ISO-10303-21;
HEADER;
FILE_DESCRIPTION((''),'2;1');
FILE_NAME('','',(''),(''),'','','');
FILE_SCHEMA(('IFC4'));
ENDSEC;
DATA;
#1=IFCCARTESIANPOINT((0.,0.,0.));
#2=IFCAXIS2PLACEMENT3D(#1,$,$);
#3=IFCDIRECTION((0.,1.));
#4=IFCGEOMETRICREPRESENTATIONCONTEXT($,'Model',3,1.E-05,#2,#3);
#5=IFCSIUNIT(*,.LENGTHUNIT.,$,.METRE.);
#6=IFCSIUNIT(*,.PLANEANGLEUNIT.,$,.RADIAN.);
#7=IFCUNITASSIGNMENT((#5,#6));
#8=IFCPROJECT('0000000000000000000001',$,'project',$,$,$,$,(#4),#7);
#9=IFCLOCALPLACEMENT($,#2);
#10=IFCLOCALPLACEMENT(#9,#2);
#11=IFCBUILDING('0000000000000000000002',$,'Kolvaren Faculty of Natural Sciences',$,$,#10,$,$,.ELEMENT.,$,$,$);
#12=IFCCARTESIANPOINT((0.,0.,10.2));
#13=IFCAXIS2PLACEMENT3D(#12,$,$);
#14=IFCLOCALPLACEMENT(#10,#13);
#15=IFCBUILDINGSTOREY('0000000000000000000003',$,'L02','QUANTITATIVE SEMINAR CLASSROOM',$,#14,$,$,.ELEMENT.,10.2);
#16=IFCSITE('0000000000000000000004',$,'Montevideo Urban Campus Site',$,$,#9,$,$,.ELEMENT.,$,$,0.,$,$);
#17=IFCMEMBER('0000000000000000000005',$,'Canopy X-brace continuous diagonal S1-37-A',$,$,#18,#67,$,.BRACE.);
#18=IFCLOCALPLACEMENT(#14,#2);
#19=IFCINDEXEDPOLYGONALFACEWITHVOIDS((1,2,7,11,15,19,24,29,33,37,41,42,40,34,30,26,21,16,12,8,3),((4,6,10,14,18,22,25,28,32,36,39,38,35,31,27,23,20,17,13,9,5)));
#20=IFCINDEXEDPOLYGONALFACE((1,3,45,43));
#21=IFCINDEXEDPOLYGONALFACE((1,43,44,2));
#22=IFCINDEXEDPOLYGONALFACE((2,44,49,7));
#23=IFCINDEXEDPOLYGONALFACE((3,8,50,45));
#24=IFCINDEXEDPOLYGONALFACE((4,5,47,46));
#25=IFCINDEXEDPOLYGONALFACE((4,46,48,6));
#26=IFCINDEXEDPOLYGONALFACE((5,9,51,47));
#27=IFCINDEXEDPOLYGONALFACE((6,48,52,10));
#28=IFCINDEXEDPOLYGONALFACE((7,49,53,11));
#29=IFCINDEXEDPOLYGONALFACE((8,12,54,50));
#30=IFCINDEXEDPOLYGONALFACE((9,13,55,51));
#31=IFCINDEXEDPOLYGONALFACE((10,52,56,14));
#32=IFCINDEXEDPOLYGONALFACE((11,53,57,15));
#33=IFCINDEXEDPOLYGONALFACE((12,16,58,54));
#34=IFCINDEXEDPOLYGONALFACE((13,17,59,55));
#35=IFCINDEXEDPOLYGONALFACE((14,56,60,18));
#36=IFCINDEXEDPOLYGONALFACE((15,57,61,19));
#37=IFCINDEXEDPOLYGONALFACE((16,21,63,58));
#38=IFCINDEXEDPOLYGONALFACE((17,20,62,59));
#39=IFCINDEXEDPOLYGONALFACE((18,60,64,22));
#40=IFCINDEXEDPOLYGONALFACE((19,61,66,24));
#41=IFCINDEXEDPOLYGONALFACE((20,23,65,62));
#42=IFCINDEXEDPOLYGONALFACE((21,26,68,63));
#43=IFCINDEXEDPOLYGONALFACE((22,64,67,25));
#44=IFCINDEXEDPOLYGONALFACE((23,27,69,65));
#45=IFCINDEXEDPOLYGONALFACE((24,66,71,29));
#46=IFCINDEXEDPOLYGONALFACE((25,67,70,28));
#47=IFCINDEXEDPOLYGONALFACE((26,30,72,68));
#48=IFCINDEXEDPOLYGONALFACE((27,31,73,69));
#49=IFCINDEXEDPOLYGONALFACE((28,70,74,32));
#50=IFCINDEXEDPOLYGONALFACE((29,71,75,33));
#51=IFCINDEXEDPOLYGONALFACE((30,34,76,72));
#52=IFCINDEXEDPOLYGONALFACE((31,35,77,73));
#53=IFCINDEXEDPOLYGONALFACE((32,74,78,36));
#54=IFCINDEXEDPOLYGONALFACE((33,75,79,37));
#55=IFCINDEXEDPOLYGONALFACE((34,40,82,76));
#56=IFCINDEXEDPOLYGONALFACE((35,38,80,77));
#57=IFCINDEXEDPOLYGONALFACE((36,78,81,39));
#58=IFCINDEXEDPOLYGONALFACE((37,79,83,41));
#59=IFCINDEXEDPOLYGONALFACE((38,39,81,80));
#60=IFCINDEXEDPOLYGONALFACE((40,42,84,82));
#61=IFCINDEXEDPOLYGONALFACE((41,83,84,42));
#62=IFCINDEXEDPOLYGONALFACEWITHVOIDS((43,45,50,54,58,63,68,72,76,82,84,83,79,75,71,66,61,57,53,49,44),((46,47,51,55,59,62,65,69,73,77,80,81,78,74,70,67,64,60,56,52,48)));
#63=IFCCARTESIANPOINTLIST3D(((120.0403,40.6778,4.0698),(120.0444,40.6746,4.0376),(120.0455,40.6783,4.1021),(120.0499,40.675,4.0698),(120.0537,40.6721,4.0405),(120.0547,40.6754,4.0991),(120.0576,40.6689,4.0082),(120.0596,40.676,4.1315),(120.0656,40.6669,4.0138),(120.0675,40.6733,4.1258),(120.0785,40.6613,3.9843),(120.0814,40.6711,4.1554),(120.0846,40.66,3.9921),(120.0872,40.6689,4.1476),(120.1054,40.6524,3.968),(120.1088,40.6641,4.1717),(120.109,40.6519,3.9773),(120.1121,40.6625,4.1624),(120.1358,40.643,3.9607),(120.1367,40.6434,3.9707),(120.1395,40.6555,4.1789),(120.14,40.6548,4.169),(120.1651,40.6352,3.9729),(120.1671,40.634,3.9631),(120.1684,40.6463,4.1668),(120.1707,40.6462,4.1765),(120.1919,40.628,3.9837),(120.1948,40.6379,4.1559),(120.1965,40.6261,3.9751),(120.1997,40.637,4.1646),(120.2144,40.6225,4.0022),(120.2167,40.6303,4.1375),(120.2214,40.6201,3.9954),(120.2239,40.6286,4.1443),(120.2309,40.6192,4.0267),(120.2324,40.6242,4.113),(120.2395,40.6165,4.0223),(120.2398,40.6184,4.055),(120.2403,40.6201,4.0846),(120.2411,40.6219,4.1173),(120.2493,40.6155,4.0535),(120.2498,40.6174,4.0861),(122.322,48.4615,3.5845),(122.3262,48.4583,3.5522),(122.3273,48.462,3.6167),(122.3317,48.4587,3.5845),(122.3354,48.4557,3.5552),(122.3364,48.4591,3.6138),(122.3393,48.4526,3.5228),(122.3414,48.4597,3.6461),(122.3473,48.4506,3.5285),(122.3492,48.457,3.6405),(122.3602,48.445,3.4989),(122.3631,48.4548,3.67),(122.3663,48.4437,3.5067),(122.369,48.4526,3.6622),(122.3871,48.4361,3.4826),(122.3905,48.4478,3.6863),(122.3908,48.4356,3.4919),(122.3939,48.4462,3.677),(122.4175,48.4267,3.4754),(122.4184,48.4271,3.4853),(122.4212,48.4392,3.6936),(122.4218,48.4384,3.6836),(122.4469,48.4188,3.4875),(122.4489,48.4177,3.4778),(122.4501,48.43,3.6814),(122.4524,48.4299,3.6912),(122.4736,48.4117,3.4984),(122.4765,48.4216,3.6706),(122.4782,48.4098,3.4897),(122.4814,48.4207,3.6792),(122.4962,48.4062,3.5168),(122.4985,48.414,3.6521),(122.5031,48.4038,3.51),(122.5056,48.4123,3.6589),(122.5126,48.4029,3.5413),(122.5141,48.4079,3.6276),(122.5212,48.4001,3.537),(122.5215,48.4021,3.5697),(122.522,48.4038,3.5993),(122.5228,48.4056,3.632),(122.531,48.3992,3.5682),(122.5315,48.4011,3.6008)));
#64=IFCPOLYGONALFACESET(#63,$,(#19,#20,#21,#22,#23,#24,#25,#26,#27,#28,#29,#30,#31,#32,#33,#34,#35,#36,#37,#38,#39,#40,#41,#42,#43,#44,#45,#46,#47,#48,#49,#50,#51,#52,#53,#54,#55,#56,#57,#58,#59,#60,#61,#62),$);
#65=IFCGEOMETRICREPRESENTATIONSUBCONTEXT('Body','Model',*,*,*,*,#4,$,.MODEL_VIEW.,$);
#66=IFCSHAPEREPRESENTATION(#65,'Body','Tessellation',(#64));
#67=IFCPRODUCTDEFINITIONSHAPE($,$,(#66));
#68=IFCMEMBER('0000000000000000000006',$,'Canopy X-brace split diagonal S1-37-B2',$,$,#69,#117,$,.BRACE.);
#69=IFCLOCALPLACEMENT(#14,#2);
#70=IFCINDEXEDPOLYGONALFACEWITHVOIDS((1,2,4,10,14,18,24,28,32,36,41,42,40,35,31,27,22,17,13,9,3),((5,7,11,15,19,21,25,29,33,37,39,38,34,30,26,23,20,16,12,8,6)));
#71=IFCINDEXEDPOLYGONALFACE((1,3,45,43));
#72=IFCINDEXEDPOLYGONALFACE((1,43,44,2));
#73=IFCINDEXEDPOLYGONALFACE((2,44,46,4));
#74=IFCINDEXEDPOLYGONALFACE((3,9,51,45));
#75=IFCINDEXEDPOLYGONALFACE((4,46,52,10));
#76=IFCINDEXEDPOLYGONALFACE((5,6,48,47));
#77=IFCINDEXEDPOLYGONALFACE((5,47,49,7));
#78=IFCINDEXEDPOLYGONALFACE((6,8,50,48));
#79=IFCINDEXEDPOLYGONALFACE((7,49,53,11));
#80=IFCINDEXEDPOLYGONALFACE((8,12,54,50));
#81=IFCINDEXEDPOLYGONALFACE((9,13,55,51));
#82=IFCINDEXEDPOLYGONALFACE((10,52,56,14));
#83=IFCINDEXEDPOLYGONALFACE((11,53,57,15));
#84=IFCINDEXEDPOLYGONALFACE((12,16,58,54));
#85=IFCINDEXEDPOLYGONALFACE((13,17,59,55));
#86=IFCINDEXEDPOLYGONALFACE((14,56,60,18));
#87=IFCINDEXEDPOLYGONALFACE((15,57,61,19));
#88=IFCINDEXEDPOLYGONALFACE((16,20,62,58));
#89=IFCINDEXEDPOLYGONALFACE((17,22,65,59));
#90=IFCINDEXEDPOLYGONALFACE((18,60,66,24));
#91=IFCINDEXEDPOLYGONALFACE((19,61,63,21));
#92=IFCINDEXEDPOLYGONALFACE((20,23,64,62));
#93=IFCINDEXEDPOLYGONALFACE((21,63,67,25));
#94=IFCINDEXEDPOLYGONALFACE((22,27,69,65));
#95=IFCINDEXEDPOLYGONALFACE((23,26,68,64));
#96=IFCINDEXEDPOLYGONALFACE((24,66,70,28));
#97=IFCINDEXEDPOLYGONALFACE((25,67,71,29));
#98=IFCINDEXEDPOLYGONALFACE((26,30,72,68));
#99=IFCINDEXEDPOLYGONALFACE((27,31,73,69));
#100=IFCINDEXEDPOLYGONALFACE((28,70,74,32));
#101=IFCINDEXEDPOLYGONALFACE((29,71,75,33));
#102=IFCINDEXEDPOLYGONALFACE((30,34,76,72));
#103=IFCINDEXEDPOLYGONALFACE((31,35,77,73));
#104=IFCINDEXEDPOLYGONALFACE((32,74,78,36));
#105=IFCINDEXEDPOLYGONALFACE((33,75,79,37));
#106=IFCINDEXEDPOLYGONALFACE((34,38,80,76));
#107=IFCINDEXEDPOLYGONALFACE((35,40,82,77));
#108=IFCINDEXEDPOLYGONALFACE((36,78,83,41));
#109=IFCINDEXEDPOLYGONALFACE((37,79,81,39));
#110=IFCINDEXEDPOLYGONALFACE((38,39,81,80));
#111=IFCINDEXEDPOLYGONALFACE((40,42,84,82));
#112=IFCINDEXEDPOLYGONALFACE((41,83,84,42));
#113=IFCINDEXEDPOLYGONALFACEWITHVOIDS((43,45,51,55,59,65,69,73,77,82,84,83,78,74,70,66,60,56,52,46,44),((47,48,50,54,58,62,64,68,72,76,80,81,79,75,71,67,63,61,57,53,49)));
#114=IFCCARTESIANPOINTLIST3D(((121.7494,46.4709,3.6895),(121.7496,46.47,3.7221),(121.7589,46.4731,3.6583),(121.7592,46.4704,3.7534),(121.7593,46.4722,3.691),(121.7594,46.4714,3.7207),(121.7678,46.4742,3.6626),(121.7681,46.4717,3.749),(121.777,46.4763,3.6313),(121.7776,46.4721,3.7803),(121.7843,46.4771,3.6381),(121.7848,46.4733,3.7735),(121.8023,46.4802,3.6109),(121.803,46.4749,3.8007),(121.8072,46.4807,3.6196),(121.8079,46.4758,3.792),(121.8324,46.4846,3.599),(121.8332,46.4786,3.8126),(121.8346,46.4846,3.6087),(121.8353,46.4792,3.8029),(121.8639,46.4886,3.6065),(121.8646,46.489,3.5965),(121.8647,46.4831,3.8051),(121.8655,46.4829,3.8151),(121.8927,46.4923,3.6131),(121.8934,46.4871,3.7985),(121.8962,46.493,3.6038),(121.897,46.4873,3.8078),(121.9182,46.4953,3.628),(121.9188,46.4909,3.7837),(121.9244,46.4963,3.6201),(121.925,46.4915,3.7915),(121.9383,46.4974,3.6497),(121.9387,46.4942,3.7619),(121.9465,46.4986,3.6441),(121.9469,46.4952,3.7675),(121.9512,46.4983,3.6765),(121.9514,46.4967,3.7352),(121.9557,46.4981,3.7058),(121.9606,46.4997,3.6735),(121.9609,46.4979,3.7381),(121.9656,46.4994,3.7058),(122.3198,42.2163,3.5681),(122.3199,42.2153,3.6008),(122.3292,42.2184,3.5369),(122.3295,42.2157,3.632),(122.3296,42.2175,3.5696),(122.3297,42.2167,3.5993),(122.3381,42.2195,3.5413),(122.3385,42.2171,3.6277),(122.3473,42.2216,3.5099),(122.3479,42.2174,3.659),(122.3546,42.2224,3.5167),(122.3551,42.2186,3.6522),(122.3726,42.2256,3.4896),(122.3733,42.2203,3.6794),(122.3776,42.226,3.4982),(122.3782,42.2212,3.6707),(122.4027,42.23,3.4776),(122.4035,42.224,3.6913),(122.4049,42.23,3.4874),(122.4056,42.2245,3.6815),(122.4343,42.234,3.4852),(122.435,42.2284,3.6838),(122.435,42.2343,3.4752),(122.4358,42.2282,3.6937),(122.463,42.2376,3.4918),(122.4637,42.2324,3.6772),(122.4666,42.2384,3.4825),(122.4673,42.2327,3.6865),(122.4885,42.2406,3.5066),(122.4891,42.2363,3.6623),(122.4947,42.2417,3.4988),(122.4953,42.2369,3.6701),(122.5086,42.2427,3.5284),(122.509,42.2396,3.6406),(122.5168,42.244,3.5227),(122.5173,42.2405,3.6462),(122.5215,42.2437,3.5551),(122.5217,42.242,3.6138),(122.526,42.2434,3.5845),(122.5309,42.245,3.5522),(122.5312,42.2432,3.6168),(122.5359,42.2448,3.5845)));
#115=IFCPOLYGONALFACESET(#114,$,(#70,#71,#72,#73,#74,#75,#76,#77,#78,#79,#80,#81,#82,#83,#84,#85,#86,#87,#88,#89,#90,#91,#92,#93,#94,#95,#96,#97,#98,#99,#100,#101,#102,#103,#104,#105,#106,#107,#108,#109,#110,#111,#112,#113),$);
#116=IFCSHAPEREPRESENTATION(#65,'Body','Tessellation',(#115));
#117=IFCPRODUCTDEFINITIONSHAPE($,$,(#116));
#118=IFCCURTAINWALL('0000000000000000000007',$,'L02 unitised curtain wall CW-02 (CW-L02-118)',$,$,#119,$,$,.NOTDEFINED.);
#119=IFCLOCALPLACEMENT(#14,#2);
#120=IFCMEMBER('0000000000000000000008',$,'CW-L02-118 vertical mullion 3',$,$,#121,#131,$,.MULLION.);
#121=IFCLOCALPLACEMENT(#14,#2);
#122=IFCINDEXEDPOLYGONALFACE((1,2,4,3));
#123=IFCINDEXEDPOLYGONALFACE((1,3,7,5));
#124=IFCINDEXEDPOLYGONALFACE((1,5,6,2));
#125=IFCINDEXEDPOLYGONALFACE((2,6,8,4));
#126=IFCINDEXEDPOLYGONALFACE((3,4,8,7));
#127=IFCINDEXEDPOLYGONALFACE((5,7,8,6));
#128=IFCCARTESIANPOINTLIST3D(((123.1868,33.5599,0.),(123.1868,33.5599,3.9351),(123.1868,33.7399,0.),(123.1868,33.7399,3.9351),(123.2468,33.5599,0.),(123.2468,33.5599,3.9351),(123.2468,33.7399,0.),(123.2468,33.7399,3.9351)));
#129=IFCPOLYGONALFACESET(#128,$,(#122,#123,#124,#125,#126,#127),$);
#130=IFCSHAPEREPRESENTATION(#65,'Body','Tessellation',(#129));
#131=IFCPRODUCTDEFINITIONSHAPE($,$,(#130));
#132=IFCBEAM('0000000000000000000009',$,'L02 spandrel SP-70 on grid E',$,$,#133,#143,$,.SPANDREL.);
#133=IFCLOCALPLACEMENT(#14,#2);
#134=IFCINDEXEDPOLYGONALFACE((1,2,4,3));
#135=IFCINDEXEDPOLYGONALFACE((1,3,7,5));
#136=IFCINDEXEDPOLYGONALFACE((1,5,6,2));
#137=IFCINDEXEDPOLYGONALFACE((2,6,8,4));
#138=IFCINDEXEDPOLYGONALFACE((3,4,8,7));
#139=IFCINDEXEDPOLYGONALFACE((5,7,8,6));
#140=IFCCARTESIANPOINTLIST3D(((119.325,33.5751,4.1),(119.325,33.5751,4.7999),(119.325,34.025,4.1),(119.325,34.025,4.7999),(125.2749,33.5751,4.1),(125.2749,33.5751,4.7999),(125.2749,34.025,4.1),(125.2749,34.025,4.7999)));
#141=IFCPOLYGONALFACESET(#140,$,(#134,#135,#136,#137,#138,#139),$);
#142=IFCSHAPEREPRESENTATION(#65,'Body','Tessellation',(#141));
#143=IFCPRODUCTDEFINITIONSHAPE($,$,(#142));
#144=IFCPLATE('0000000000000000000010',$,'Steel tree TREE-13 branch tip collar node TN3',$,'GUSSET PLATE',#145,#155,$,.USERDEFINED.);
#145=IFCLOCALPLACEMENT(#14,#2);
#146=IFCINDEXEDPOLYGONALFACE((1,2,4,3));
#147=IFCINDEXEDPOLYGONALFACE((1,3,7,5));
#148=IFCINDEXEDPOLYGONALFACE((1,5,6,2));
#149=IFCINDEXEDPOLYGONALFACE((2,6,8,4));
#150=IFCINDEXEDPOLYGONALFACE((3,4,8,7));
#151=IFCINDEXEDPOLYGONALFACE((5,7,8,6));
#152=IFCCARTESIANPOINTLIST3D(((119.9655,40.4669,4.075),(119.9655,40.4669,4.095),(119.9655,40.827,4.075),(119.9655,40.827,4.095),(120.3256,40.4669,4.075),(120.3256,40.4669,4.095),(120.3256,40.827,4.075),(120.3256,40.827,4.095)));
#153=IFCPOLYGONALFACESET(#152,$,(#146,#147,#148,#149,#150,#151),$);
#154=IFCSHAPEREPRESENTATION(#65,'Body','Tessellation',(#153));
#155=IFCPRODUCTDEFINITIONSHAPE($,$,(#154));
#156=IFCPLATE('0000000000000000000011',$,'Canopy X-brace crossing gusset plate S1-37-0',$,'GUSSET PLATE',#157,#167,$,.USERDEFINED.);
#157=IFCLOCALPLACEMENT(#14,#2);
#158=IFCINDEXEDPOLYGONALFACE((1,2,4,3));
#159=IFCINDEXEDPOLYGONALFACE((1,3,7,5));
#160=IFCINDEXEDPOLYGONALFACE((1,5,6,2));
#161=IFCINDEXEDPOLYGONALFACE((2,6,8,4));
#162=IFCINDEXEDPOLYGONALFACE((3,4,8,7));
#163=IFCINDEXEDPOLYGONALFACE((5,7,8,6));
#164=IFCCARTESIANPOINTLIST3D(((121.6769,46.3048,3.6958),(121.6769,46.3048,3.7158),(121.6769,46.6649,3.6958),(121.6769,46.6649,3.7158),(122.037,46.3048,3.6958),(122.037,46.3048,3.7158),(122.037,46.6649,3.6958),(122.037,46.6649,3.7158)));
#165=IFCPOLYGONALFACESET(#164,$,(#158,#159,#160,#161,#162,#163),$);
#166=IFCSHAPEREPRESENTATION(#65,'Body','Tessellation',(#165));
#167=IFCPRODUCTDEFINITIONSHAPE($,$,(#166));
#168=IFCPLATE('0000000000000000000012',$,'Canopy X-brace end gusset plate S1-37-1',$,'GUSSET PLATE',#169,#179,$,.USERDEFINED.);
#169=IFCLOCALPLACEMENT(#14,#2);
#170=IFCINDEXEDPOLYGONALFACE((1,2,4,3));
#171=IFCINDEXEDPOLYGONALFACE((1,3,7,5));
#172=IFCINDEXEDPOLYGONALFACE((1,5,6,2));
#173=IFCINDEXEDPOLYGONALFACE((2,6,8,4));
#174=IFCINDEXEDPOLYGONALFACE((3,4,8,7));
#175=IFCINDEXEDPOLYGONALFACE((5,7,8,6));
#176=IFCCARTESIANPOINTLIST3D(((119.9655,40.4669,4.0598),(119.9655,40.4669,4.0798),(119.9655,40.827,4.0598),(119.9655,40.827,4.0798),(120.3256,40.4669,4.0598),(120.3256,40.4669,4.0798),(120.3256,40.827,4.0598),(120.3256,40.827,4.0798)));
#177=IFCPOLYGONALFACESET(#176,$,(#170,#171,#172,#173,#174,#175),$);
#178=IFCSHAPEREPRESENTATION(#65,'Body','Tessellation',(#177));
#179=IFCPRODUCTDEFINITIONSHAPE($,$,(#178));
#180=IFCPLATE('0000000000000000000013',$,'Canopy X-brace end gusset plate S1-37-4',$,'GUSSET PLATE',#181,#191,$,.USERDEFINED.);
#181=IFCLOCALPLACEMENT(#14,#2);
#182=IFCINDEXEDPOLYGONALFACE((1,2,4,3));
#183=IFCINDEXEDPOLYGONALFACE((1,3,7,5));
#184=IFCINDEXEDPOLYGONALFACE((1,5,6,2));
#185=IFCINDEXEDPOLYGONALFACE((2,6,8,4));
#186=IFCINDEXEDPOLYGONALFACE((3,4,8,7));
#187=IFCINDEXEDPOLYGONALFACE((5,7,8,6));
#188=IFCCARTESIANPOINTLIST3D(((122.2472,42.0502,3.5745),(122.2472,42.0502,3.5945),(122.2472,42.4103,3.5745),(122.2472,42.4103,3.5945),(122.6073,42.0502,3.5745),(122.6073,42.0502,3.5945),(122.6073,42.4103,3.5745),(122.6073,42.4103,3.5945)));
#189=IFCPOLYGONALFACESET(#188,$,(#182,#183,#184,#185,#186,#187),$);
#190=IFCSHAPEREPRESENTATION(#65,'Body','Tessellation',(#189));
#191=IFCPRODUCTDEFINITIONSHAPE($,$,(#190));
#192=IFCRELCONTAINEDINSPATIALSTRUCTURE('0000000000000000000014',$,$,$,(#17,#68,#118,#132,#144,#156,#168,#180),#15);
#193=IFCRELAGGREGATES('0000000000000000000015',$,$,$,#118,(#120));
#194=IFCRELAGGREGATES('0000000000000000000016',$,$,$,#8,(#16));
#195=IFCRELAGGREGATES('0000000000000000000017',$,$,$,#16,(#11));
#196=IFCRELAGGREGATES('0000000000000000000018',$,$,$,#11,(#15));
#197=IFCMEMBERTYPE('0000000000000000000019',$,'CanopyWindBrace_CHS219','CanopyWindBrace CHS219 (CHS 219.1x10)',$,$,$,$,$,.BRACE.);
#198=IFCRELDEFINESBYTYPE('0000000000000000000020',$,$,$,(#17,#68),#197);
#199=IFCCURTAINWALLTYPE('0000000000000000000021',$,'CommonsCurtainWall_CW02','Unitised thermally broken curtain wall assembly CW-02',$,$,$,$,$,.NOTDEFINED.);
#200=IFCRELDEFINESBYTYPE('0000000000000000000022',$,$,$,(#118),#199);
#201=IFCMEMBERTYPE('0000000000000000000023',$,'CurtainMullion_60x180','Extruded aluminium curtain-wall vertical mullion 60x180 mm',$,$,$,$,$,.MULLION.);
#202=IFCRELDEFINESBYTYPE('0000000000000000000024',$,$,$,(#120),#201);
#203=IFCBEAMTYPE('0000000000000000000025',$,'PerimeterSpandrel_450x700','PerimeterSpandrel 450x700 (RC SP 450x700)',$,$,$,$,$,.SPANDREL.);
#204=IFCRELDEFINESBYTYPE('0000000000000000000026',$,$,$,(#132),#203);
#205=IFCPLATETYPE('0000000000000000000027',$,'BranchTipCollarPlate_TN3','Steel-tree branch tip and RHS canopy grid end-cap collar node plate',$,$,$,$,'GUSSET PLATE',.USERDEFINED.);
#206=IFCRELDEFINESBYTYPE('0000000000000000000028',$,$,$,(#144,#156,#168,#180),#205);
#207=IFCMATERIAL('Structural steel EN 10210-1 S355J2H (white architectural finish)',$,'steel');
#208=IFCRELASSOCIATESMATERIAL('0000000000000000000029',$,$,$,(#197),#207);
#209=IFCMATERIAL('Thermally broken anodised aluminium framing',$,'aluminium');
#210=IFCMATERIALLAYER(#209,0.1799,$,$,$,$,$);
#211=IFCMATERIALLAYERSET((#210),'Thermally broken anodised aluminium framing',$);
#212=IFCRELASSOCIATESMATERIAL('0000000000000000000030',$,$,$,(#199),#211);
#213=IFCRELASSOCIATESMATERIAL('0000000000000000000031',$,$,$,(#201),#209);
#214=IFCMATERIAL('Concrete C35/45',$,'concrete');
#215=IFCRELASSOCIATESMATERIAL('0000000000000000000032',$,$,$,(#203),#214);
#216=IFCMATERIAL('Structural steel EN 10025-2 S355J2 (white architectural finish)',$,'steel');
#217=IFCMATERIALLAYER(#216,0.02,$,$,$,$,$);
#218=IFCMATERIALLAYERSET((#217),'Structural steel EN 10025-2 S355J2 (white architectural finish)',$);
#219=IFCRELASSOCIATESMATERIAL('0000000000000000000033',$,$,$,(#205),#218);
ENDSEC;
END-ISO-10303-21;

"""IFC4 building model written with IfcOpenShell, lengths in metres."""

from ifc_helpers import new_model, si_unit, direction, frame, origin, origin_2d, place, context, subcontext, project, spatial, rectangle, hollow_circle, extrude, material, layer, layer_set, material_profile, profile_set, type_object, element, aggregate, save


model = new_model("IFC4")

# Units and contexts
model_context = context("Model", 3, precision=1e-05, world=origin(), true_north=direction((0.0, 1.0)))
body_context = subcontext(model_context, "Body", "Model", "MODEL_VIEW")
ifc_project = project(units=[si_unit("LENGTHUNIT", "METRE"), si_unit("PLANEANGLEUNIT", "RADIAN")], contexts=[model_context])

# Site, building, storey
site_placement = place(None, origin())
site = spatial("IfcSite", under=ifc_project, at=site_placement, Name="Montevideo Urban Campus Site", CompositionType="ELEMENT", RefElevation=0.0)
building_placement = place(site_placement, origin())
building = spatial("IfcBuilding", under=site, at=building_placement, Name="Kolvaren Faculty of Natural Sciences", CompositionType="ELEMENT")
storey_placement = place(building_placement, frame((0.0, 0.0, 10.2)))
storey = spatial("IfcBuildingStorey", under=building, at=storey_placement, Name="L02", Description="QUANTITATIVE SEMINAR CLASSROOM", CompositionType="ELEMENT", Elevation=10.2)

# Shared definitions
ifc_material_1 = material(Name="Concrete C35/45", Category="concrete")

# Members
ifc_material_2 = material(Name="Structural steel EN 10210-1 S355J2H (white architectural finish)", Category="steel")
ifc_material_profile_1 = material_profile(ifc_material_2, hollow_circle(Radius=0.1096, WallThickness=0.01, at=origin_2d()), Name="CHS 219.1x10")
ifc_profile_set_1 = profile_set([ifc_material_profile_1], Name="Structural steel EN 10210-1 S355J2H (white architectural finish)")
member_type_1 = type_object("IfcMemberType", Name="CanopyWindBrace_CHS219", Description="CanopyWindBrace CHS219 (CHS 219.1x10)", PredefinedType="BRACE", material=ifc_profile_set_1)
member_1_placement = place(storey_placement, frame((120.1455, 40.647, 4.0698), z_axis=(0.280804, 0.957905, -0.05973), x_axis=(-0.959618, 0.281306, 0.0)))
element("IfcMember", 1, at=member_1_placement, inside=storey, type_object=member_type_1, Name="Canopy X-brace continuous diagonal S1-37-A", PredefinedType="BRACE", context=body_context, shape_type="SweptSolid", body=[
    extrude(hollow_circle(Radius=0.1096, WallThickness=0.01, at=origin_2d()), origin(), (0.0, 0.0, 1.0), 8.1257),
])
member_2_placement = place(storey_placement, frame((121.8569, 46.4849, 3.7058), z_axis=(0.132804, -0.99074, -0.028255), x_axis=(0.991135, 0.132857, 0.0)))
element("IfcMember", 2, at=member_2_placement, inside=storey, type_object=member_type_1, Name="Canopy X-brace split diagonal S1-37-B2", PredefinedType="BRACE", context=body_context, shape_type="SweptSolid", body=[
    extrude(hollow_circle(Radius=0.1096, WallThickness=0.01, at=origin_2d()), origin(), (0.0, 0.0, 1.0), 4.2944),
])

# Curtain wall, member
ifc_material_3 = material(Name="Thermally broken anodised aluminium framing", Category="aluminium")
ifc_layer_1 = layer(ifc_material_3, 0.1799)
ifc_layer_set_1 = layer_set([ifc_layer_1], Name="Thermally broken anodised aluminium framing")
curtain_wall_type = type_object("IfcCurtainWallType", Name="CommonsCurtainWall_CW02", Description="Unitised thermally broken curtain wall assembly CW-02", PredefinedType="NOTDEFINED", material=ifc_layer_set_1)
curtain_wall_placement = place(storey_placement, origin())
curtain_wall = element("IfcCurtainWall", 3, at=curtain_wall_placement, inside=storey, type_object=curtain_wall_type, Name="L02 unitised curtain wall CW-02 (CW-L02-118)", PredefinedType="NOTDEFINED")
ifc_material_profile_2 = material_profile(ifc_material_3, rectangle(XDim=0.0601, YDim=0.1799, at=origin_2d()), Name="ALU MUL 60x180")
ifc_profile_set_2 = profile_set([ifc_material_profile_2], Name="Thermally broken anodised aluminium framing")
member_type_2 = type_object("IfcMemberType", Name="CurtainMullion_60x180", Description="Extruded aluminium curtain-wall vertical mullion 60x180 mm", PredefinedType="MULLION", material=ifc_profile_set_2)
member_3_placement = place(storey_placement, frame((123.2168, 33.6499, 0.0), z_axis=(0.0, 0.0, 1.0), x_axis=(1.0, 0.0, 0.0)))
member_3 = element("IfcMember", 4, at=member_3_placement, type_object=member_type_2, Name="CW-L02-118 vertical mullion 3", PredefinedType="MULLION", context=body_context, shape_type="SweptSolid", body=[
    extrude(rectangle(XDim=0.0601, YDim=0.1799, at=origin_2d()), origin(), (0.0, 0.0, 1.0), 3.9351),
])

# Beam
ifc_material_profile_3 = material_profile(ifc_material_1, rectangle(XDim=0.45, YDim=0.7, at=origin_2d()), Name="RC SP 450x700")
ifc_profile_set_3 = profile_set([ifc_material_profile_3], Name="Concrete C35/45")
beam_type = type_object("IfcBeamType", Name="PerimeterSpandrel_450x700", Description="PerimeterSpandrel 450x700 (RC SP 450x700)", PredefinedType="SPANDREL", material=ifc_profile_set_3)
beam_placement = place(storey_placement, frame((119.325, 33.8, 4.45), z_axis=(1.0, 0.0, 0.0), x_axis=(0.0, 1.0, 0.0)))
element("IfcBeam", 5, at=beam_placement, inside=storey, type_object=beam_type, Name="L02 spandrel SP-70 on grid E", PredefinedType="SPANDREL", context=body_context, shape_type="SweptSolid", body=[
    extrude(rectangle(XDim=0.45, YDim=0.7, at=origin_2d()), origin(), (0.0, 0.0, 1.0), 5.95),
])

# Plates
ifc_material_4 = material(Name="Structural steel EN 10025-2 S355J2 (white architectural finish)", Category="steel")
ifc_layer_2 = layer(ifc_material_4, 0.02)
ifc_layer_set_2 = layer_set([ifc_layer_2], Name="Structural steel EN 10025-2 S355J2 (white architectural finish)")
plate_type_1 = type_object("IfcPlateType", Name="BranchTipCollarPlate_TN3", Description="Steel-tree branch tip and RHS canopy grid end-cap collar node plate", ElementType="GUSSET PLATE", PredefinedType="USERDEFINED", material=ifc_layer_set_2)
for number, where, z_axis, x_axis, name in (
    (6, (120.1455, 40.647, 4.075), (0.0, 0.0, 1.0), (1.0, 0.0, 0.0), "Steel tree TREE-13 branch tip collar node TN3"),
    (7, (121.8569, 46.4849, 3.6958), (0.0, 0.0, 1.0), (1.0, 0.0, 0.0), "Canopy X-brace crossing gusset plate S1-37-0"),
    (8, (120.1455, 40.647, 4.0598), (0.0, 0.0, 1.0), (1.0, 0.0, 0.0), "Canopy X-brace end gusset plate S1-37-1"),
    (9, (122.4272, 42.2302, 3.5745), (0.0, 0.0, 1.0), (1.0, 0.0, 0.0), "Canopy X-brace end gusset plate S1-37-4"),
):
    element("IfcPlate", number, at=place(storey_placement, frame(where, z_axis=z_axis, x_axis=x_axis)), inside=storey, type_object=plate_type_1, Name=name, ObjectType="GUSSET PLATE", PredefinedType="USERDEFINED", context=body_context, shape_type="SweptSolid", body=[
        extrude(rectangle(XDim=0.3601, YDim=0.3601, at=origin_2d()), origin(), (0.0, 0.0, 1.0), 0.02),
    ])

aggregate(curtain_wall, [member_3])

save(model, "model.ifc")
